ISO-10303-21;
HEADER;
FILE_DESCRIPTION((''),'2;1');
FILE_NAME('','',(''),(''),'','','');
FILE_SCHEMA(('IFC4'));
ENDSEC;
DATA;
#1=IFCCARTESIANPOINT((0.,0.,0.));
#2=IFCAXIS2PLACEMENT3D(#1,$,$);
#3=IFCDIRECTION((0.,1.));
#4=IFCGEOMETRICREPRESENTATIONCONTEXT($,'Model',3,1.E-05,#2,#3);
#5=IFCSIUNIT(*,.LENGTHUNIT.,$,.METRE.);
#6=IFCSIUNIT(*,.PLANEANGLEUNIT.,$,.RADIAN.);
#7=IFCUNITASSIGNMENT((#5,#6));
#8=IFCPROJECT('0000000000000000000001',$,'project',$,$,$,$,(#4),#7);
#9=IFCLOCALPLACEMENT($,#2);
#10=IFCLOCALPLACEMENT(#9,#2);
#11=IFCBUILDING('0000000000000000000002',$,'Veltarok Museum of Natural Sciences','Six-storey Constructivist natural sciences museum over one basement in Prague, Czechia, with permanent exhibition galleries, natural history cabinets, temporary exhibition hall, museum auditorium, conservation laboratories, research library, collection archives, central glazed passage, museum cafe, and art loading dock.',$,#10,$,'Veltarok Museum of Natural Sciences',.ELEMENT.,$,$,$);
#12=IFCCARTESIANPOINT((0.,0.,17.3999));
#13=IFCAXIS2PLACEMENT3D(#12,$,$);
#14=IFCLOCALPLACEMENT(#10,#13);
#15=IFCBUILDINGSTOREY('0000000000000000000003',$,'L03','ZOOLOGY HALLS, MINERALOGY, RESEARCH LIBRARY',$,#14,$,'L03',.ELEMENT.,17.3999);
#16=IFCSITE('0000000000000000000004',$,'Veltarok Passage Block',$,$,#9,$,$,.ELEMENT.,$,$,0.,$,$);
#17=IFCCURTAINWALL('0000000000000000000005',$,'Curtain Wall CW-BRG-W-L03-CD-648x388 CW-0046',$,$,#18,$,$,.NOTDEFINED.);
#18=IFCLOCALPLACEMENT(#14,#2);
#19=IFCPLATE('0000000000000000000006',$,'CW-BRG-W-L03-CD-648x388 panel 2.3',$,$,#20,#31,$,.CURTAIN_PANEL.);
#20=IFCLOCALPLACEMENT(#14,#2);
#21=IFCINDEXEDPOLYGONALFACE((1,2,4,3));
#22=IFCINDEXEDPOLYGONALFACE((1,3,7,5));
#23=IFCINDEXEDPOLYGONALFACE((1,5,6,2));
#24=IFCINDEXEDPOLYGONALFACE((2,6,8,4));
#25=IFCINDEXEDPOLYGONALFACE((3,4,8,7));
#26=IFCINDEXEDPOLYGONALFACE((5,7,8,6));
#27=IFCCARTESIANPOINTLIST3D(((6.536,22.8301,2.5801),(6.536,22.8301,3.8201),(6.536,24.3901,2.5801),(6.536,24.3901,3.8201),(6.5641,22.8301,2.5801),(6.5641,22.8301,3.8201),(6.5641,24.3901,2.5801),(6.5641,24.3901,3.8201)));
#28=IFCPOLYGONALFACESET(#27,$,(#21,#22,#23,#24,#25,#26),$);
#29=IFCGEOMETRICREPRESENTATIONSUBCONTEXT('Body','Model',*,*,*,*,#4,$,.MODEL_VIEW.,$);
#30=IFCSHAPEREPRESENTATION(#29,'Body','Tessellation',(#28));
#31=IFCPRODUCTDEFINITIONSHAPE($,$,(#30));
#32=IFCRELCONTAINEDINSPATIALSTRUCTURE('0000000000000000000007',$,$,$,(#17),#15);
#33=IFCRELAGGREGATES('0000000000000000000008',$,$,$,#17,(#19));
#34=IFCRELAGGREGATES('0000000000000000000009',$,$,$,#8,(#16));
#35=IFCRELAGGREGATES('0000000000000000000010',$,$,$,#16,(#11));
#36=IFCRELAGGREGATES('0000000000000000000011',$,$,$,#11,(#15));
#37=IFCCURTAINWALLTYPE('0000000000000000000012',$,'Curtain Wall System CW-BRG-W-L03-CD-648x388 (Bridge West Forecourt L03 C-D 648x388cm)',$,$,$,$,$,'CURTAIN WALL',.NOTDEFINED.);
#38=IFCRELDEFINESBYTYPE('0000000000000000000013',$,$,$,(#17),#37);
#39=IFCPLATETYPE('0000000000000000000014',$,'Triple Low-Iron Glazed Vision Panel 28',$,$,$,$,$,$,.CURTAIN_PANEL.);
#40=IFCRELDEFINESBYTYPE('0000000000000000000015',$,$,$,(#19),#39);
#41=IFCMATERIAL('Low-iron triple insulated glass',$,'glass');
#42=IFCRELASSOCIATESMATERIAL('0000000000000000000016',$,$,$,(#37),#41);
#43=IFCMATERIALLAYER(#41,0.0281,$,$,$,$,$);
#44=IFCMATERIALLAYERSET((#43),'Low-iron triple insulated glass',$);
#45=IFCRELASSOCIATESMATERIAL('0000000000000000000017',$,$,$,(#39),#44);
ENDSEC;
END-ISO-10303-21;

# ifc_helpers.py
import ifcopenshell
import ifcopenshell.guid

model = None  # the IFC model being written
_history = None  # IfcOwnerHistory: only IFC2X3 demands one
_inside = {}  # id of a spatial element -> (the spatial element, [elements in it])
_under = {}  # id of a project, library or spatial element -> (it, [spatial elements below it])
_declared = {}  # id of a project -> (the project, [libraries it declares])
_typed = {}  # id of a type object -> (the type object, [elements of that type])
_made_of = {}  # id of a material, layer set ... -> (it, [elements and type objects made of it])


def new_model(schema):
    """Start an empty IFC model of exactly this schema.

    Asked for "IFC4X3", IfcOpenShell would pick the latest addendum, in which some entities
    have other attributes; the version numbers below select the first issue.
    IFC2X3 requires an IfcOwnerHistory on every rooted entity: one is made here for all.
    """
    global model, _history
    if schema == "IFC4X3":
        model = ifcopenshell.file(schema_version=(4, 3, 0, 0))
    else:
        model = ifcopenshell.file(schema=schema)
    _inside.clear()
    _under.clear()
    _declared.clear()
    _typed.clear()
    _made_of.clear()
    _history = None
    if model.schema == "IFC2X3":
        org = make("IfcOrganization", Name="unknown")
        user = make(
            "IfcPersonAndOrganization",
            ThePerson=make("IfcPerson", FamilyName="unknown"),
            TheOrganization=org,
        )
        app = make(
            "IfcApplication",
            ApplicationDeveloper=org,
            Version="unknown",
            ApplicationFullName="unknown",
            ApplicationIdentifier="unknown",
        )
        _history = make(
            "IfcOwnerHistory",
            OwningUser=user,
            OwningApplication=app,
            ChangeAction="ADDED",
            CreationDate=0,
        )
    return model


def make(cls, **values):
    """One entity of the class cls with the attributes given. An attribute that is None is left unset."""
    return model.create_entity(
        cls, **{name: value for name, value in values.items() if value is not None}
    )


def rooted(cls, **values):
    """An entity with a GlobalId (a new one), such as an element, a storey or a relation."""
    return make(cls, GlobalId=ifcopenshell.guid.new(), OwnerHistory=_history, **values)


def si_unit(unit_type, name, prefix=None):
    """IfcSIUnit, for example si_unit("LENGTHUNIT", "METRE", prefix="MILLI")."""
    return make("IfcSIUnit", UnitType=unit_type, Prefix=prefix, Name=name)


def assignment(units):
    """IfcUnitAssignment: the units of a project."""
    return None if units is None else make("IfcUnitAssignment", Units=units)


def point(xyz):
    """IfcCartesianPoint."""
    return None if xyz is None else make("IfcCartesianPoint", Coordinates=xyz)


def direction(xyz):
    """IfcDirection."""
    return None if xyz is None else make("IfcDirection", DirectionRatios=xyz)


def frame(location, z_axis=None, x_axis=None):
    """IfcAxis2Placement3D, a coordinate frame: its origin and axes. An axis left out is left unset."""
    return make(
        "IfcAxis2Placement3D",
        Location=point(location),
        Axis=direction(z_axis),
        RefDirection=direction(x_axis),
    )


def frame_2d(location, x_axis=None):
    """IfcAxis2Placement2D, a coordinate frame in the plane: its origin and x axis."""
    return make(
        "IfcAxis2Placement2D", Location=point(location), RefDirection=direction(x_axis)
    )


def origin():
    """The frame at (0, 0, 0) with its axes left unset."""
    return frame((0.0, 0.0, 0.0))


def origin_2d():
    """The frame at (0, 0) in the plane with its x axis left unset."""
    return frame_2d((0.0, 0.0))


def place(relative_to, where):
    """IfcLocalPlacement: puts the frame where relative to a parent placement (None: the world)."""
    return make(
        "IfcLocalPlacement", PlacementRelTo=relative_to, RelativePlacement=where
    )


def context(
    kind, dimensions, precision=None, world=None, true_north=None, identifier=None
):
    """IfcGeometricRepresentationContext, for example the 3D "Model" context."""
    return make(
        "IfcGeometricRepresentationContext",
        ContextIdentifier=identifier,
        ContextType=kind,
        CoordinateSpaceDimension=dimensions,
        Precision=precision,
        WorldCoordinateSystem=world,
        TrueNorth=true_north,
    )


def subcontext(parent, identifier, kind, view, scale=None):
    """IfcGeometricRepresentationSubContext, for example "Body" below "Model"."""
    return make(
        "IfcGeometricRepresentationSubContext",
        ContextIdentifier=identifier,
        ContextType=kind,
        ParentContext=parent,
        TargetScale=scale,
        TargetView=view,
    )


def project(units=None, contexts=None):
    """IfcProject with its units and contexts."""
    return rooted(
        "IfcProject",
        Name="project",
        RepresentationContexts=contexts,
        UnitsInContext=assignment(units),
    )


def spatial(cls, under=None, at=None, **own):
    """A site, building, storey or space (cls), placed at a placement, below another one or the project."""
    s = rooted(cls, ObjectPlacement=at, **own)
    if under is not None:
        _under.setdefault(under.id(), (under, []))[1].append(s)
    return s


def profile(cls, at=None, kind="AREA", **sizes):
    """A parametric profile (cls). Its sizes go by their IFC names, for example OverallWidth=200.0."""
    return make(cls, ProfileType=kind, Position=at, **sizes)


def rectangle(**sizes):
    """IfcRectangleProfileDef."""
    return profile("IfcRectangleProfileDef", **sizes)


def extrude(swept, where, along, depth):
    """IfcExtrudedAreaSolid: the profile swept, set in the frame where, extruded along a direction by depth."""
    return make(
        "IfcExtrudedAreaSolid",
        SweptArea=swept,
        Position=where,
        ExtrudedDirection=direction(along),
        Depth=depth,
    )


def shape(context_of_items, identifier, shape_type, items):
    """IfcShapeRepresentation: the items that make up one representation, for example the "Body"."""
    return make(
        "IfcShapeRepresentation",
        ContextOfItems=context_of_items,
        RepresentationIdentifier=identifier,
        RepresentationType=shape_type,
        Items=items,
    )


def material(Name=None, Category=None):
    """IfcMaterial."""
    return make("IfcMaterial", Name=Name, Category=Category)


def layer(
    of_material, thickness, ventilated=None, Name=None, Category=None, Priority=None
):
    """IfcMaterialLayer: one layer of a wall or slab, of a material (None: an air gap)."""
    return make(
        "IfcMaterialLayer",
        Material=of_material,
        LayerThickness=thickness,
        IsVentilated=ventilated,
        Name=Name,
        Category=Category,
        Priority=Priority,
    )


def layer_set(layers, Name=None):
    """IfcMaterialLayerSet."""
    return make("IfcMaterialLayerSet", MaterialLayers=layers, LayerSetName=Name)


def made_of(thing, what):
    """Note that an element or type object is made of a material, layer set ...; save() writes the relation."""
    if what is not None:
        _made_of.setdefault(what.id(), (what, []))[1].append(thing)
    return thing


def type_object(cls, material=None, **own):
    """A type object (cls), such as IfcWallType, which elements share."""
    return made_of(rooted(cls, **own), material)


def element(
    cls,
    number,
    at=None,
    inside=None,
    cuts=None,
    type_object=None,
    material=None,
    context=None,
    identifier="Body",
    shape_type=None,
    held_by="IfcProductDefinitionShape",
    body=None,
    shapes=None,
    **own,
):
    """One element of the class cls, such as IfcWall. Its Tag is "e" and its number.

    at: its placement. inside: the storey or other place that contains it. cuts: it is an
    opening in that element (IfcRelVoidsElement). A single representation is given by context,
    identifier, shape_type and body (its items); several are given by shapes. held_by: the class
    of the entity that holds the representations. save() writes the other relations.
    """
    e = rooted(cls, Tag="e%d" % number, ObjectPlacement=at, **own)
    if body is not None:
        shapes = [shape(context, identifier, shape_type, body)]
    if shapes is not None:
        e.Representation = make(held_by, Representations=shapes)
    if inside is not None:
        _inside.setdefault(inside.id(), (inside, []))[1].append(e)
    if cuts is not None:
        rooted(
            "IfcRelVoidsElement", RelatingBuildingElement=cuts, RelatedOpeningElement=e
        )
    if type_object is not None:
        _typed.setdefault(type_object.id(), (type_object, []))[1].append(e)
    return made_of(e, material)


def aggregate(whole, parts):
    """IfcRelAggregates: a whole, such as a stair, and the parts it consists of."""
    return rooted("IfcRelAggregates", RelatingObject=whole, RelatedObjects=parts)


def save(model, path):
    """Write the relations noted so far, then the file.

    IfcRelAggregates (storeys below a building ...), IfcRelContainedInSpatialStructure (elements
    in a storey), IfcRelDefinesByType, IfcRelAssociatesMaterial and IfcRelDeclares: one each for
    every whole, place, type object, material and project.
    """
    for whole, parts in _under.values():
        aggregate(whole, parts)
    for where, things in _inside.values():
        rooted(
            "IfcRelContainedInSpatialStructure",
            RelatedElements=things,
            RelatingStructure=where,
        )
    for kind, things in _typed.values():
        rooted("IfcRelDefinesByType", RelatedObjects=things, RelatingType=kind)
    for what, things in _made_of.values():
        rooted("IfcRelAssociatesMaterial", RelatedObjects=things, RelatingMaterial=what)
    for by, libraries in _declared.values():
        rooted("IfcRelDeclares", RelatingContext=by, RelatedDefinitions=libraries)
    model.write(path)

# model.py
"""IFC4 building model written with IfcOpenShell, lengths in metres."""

from ifc_helpers import new_model, si_unit, direction, frame, origin, origin_2d, place, context, subcontext, project, spatial, rectangle, extrude, material, layer, layer_set, type_object, element, aggregate, save


model = new_model("IFC4")

# Units and contexts
model_context = context("Model", 3, precision=1e-05, world=origin(), true_north=direction((0.0, 1.0)))
body_context = subcontext(model_context, "Body", "Model", "MODEL_VIEW")
ifc_project = project(units=[si_unit("LENGTHUNIT", "METRE"), si_unit("PLANEANGLEUNIT", "RADIAN")], contexts=[model_context])

# Site, building, storey
site_placement = place(None, origin())
site = spatial("IfcSite", under=ifc_project, at=site_placement, Name="Veltarok Passage Block", CompositionType="ELEMENT", RefElevation=0.0)
building_placement = place(site_placement, origin())
building = spatial("IfcBuilding", under=site, at=building_placement, Name="Veltarok Museum of Natural Sciences", Description="Six-storey Constructivist natural sciences museum over one basement in Prague, Czechia, with permanent exhibition galleries, natural history cabinets, temporary exhibition hall, museum auditorium, conservation laboratories, research library, collection archives, central glazed passage, museum cafe, and art loading dock.", LongName="Veltarok Museum of Natural Sciences", CompositionType="ELEMENT")
storey_placement = place(building_placement, frame((0.0, 0.0, 17.3999)))
storey = spatial("IfcBuildingStorey", under=building, at=storey_placement, Name="L03", Description="ZOOLOGY HALLS, MINERALOGY, RESEARCH LIBRARY", LongName="L03", CompositionType="ELEMENT", Elevation=17.3999)

# Curtain wall
ifc_material_1 = material(Name="Low-iron triple insulated glass", Category="glass")
curtain_wall_type_1 = type_object("IfcCurtainWallType", Name="Curtain Wall System CW-BRG-W-L03-CD-648x388 (Bridge West Forecourt L03 C-D 648x388cm)", ElementType="CURTAIN WALL", PredefinedType="NOTDEFINED", material=ifc_material_1)
curtain_wall_1_placement = place(storey_placement, origin())
curtain_wall_1 = element("IfcCurtainWall", 1, at=curtain_wall_1_placement, inside=storey, type_object=curtain_wall_type_1, Name="Curtain Wall CW-BRG-W-L03-CD-648x388 CW-0046", PredefinedType="NOTDEFINED")

# Plate
ifc_layer = layer(ifc_material_1, 0.0281)
ifc_layer_set = layer_set([ifc_layer], Name="Low-iron triple insulated glass")
plate_type = type_object("IfcPlateType", Name="Triple Low-Iron Glazed Vision Panel 28", PredefinedType="CURTAIN_PANEL", material=ifc_layer_set)
plate_1_placement = place(storey_placement, frame((6.55, 23.6101, 2.5801), z_axis=(0.0, 0.0, 1.0), x_axis=(0.0, -1.0, 0.0)))
plate_1 = element("IfcPlate", 2, at=plate_1_placement, type_object=plate_type, Name="CW-BRG-W-L03-CD-648x388 panel 2.3", PredefinedType="CURTAIN_PANEL", context=body_context, shape_type="SweptSolid", body=[
    extrude(rectangle(XDim=1.5601, YDim=0.0281, at=origin_2d()), origin(), (0.0, 0.0, 1.0), 1.24),
])
aggregate(curtain_wall_1, [plate_1])

save(model, "model.ifc")
